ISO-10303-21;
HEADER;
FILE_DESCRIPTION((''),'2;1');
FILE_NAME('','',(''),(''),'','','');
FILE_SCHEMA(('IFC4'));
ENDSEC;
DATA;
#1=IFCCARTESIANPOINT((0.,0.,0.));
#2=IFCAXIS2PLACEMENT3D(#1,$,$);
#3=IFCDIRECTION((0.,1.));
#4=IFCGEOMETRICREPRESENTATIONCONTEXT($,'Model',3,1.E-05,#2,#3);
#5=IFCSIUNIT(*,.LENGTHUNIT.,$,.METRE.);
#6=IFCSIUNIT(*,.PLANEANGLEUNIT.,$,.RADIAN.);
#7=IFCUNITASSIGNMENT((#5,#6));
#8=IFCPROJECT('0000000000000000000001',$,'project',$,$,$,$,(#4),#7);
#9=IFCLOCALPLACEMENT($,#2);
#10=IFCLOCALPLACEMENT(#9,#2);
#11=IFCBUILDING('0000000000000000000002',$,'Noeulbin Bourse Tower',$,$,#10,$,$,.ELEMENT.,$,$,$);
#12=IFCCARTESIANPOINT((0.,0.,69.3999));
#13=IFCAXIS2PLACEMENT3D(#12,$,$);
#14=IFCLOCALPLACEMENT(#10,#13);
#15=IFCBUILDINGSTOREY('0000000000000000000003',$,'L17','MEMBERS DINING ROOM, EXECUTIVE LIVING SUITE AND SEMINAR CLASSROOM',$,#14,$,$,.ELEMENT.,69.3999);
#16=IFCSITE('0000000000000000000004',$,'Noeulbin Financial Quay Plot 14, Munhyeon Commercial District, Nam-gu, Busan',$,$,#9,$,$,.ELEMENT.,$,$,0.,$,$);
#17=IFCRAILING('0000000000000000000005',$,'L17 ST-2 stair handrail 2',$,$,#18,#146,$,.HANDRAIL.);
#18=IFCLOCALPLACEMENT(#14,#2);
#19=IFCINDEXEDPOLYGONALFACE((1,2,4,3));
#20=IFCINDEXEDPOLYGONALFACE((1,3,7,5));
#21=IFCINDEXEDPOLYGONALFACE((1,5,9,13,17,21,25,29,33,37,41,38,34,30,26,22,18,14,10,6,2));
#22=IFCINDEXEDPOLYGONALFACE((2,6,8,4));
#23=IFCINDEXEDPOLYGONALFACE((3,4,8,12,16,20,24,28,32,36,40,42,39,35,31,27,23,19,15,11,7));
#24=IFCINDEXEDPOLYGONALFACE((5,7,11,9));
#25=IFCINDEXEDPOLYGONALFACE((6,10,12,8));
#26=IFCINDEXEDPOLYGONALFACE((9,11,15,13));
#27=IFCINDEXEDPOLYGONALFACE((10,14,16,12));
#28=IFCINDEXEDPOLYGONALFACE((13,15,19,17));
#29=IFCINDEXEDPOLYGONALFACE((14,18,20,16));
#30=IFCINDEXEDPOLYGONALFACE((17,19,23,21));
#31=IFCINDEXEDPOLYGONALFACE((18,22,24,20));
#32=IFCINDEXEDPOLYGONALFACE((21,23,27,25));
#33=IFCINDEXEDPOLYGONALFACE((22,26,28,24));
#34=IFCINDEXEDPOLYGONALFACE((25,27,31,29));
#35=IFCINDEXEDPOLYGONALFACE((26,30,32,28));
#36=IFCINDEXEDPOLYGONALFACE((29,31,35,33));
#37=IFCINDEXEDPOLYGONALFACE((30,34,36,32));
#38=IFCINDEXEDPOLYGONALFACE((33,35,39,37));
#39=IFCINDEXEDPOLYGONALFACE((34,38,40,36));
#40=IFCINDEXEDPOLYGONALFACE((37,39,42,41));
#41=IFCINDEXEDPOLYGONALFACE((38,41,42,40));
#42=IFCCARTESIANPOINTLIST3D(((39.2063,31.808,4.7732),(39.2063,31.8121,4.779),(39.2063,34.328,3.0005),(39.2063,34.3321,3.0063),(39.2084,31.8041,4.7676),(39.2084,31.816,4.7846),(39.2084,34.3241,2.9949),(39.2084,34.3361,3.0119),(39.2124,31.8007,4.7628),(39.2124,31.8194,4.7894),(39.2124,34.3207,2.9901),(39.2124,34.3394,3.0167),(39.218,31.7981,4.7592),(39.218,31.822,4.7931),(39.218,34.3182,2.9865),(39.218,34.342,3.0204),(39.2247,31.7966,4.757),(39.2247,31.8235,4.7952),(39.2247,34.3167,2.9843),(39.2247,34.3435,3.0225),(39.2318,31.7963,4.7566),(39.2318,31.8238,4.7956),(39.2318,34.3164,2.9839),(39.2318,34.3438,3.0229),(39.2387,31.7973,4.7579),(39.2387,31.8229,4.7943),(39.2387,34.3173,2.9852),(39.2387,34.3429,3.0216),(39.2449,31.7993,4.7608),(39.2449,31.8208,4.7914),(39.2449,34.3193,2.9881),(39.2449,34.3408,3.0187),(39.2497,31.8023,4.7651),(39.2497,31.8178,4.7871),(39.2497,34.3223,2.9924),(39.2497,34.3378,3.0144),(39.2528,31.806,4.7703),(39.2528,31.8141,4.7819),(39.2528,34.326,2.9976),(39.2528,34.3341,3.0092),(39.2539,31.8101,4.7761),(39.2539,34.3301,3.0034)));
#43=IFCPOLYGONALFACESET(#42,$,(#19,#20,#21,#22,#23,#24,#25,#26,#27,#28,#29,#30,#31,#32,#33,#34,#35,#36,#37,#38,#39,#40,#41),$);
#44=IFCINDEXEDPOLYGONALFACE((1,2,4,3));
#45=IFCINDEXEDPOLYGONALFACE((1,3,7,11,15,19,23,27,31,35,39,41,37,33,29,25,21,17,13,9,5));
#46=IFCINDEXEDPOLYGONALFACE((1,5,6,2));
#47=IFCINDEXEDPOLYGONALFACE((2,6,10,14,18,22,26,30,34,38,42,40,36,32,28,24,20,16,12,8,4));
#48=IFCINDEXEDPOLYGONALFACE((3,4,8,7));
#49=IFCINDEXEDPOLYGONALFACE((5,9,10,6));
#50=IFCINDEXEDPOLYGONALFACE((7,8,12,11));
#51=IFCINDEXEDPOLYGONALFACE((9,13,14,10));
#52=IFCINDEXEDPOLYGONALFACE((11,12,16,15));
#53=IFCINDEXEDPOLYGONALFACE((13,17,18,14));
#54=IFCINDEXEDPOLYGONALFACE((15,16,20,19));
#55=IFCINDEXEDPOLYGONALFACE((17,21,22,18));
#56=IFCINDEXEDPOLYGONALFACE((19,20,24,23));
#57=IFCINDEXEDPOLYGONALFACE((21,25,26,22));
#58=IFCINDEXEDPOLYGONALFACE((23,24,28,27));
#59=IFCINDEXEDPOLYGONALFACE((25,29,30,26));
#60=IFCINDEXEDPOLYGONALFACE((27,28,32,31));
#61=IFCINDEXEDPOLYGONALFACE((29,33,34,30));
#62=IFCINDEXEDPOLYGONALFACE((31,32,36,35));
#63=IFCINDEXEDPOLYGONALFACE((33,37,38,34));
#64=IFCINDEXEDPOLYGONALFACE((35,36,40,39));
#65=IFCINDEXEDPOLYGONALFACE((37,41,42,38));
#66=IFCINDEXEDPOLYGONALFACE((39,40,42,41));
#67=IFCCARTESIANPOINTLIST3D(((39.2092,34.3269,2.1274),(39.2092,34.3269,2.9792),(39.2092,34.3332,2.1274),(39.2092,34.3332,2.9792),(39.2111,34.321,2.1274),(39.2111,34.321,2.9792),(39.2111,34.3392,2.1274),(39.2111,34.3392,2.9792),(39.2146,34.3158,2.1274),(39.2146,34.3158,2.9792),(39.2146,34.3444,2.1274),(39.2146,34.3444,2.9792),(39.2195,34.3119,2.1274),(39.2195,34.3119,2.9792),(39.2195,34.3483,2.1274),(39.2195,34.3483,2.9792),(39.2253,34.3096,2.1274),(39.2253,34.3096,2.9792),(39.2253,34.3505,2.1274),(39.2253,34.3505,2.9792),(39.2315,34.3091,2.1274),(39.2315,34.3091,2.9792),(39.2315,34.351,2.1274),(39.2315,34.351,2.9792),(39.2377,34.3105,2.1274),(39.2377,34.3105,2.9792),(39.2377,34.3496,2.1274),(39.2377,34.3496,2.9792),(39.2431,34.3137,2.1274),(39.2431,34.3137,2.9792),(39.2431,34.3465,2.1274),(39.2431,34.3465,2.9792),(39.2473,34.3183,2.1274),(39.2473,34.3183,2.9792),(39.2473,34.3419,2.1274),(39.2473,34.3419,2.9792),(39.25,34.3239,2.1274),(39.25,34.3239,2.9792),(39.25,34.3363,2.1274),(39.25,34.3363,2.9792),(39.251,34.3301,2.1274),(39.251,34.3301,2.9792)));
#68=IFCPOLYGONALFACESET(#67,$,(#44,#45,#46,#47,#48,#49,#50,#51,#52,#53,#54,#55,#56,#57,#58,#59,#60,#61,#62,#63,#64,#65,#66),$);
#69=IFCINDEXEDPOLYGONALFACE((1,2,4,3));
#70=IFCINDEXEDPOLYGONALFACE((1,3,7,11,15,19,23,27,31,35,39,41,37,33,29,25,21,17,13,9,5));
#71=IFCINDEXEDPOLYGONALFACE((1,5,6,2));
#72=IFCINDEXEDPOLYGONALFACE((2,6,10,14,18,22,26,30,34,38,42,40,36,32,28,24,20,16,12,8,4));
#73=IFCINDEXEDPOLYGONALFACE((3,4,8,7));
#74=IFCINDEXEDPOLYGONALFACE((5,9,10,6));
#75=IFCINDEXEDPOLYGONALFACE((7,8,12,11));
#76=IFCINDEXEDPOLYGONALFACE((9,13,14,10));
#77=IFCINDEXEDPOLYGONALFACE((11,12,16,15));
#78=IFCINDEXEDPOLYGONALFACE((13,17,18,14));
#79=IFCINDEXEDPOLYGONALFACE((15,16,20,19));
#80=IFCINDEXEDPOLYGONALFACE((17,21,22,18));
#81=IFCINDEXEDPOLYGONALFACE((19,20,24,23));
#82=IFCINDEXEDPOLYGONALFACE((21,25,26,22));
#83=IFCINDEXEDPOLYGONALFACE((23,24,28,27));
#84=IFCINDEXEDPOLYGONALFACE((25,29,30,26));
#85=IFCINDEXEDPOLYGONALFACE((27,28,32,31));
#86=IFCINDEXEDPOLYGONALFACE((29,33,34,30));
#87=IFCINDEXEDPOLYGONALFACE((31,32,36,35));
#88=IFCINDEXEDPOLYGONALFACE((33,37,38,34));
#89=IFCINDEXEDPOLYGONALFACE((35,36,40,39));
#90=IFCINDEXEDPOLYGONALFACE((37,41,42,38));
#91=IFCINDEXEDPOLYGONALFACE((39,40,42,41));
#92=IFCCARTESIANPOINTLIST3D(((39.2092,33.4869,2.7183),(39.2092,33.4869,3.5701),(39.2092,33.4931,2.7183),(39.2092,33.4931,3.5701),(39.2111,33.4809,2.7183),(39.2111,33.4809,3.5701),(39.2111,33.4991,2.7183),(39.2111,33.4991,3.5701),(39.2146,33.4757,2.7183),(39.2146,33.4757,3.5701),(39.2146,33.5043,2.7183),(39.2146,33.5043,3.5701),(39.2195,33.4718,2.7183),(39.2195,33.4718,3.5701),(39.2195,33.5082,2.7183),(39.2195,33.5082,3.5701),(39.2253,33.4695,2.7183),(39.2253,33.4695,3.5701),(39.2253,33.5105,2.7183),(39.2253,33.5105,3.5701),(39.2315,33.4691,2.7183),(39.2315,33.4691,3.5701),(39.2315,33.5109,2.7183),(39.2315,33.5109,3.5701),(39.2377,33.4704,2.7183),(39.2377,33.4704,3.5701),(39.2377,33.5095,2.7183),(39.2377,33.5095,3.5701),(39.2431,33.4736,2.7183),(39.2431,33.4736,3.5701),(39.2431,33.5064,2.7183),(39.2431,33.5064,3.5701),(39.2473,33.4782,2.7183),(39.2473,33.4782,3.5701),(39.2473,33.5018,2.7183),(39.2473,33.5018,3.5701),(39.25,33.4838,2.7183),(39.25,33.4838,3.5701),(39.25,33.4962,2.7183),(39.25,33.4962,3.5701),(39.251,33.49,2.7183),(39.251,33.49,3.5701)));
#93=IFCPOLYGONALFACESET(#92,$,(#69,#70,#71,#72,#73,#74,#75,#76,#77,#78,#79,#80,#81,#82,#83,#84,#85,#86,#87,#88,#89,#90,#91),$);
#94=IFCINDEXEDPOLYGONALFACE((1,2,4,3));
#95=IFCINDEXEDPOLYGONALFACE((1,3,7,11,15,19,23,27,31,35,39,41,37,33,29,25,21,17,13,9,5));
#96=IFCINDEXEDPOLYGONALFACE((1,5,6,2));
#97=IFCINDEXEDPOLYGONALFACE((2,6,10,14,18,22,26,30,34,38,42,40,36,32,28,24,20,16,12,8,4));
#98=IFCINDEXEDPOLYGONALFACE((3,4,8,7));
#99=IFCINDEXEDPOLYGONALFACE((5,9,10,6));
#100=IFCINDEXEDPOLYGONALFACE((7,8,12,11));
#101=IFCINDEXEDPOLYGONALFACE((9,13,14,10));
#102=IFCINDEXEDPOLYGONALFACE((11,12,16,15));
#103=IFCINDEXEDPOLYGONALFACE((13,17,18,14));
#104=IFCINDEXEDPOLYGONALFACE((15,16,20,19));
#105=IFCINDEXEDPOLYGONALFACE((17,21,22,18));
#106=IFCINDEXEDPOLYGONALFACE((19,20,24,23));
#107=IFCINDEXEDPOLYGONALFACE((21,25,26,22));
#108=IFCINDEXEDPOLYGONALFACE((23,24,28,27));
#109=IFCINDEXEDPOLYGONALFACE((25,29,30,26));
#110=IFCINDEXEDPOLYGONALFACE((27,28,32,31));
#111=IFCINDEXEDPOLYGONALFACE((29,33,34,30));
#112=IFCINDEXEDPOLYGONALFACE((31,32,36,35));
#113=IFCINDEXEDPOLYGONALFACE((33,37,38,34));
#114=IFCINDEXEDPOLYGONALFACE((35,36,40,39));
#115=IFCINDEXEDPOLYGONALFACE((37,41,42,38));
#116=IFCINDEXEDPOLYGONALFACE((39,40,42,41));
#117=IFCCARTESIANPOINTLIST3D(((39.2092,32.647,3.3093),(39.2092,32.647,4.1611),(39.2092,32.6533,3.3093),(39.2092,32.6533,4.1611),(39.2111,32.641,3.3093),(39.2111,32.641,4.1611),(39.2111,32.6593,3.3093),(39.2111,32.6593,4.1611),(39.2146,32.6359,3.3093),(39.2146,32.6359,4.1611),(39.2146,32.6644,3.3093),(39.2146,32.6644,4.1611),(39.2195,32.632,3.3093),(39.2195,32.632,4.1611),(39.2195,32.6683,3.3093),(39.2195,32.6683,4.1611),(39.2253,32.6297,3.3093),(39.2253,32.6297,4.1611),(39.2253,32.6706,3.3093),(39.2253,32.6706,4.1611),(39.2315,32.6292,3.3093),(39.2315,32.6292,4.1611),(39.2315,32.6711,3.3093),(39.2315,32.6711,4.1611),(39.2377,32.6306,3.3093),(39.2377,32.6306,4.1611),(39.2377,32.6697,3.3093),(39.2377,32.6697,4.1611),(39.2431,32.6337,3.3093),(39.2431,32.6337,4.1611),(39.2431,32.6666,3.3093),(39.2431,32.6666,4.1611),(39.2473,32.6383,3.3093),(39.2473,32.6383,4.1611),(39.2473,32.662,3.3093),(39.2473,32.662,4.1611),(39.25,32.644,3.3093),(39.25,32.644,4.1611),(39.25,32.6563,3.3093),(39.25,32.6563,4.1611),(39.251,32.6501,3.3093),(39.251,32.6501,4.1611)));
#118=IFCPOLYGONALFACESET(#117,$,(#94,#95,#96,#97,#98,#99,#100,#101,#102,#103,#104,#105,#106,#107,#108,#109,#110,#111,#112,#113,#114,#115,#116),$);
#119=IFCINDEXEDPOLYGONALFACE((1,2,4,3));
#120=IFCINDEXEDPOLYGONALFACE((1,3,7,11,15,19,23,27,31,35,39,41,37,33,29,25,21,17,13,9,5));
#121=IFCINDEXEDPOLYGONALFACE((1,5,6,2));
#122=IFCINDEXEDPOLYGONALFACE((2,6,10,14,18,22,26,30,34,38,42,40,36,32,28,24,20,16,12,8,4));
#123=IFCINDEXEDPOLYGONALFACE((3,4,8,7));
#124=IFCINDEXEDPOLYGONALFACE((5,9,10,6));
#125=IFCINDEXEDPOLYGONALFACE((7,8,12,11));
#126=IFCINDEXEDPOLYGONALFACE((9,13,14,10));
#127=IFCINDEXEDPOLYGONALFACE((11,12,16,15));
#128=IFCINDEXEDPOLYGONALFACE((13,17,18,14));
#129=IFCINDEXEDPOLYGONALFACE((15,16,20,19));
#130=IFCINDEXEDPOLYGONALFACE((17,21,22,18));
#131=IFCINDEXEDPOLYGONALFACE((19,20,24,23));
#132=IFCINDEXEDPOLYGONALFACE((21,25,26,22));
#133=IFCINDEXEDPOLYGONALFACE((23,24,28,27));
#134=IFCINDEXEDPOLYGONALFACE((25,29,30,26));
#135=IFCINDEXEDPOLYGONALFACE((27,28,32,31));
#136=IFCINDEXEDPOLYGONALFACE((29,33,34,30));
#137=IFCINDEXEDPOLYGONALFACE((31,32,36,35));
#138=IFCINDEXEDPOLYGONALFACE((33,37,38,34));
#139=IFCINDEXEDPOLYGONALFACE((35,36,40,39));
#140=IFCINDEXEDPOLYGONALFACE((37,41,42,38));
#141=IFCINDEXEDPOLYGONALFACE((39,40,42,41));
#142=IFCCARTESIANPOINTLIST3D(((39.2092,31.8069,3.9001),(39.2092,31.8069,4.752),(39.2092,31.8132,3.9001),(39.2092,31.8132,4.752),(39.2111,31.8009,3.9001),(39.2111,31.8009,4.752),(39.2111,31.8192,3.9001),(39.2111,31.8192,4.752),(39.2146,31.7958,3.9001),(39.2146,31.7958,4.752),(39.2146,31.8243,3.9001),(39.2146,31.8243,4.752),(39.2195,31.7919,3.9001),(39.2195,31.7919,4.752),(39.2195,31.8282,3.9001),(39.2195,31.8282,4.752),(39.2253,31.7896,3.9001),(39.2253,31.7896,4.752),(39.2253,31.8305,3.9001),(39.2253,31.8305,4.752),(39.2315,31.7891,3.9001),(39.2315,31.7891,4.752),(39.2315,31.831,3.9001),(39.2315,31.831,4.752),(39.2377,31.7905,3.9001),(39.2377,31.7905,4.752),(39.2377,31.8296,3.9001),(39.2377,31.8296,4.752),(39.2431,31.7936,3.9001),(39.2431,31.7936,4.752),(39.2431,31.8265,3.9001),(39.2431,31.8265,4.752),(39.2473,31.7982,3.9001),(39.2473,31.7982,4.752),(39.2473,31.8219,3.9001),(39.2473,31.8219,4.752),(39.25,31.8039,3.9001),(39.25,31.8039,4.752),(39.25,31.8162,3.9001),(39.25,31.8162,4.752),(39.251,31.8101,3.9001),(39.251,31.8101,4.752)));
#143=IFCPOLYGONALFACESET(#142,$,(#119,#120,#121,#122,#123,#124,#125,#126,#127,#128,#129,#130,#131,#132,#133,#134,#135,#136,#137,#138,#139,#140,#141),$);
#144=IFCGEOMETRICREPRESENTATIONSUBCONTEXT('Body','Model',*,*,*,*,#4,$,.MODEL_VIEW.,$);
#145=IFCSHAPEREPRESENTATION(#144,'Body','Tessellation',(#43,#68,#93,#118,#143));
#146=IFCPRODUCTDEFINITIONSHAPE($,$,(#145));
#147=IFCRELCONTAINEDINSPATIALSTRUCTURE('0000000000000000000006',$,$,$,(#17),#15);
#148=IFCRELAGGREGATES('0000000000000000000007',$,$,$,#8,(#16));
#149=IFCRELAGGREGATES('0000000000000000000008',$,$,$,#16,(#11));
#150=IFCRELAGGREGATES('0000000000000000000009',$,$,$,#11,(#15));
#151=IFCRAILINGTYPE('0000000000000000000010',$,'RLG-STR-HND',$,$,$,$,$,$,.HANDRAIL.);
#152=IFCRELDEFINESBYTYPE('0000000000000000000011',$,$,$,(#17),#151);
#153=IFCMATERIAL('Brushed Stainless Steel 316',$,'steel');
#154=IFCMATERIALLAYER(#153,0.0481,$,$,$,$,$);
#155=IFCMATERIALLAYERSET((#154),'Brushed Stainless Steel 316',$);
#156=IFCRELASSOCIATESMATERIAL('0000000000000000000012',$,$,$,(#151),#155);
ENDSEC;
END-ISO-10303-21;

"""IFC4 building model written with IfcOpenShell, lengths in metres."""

from ifc_helpers import new_model, si_unit, direction, frame, origin, origin_2d, place, context, subcontext, project, spatial, circle, extrude, material, layer, layer_set, type_object, element, save


model = new_model("IFC4")

# Units and contexts
model_context = context("Model", 3, precision=1e-05, world=origin(), true_north=direction((0.0, 1.0)))
body_context = subcontext(model_context, "Body", "Model", "MODEL_VIEW")
ifc_project = project(units=[si_unit("LENGTHUNIT", "METRE"), si_unit("PLANEANGLEUNIT", "RADIAN")], contexts=[model_context])

# Site, building, storey
site_placement = place(None, origin())
site = spatial("IfcSite", under=ifc_project, at=site_placement, Name="Noeulbin Financial Quay Plot 14, Munhyeon Commercial District, Nam-gu, Busan", CompositionType="ELEMENT", RefElevation=0.0)
building_placement = place(site_placement, origin())
building = spatial("IfcBuilding", under=site, at=building_placement, Name="Noeulbin Bourse Tower", CompositionType="ELEMENT")
storey_placement = place(building_placement, frame((0.0, 0.0, 69.3999)))
storey = spatial("IfcBuildingStorey", under=building, at=storey_placement, Name="L17", Description="MEMBERS DINING ROOM, EXECUTIVE LIVING SUITE AND SEMINAR CLASSROOM", CompositionType="ELEMENT", Elevation=69.3999)

# Shared definitions
ifc_material_1 = material(Name="Brushed Stainless Steel 316", Category="steel")

# Railing
ifc_layer_1 = layer(ifc_material_1, 0.0481)
ifc_layer_set_1 = layer_set([ifc_layer_1], Name="Brushed Stainless Steel 316")
railing_type_1 = type_object("IfcRailingType", Name="RLG-STR-HND", PredefinedType="HANDRAIL", material=ifc_layer_set_1)
railing_1_placement = place(storey_placement, frame((39.23, 34.3301, 2.1274)))
element("IfcRailing", 1, at=railing_1_placement, inside=storey, type_object=railing_type_1, Name="L17 ST-2 stair handrail 2", PredefinedType="HANDRAIL", context=body_context, shape_type="SweptSolid", body=[
    extrude(circle(Radius=0.0239, at=origin_2d()), frame((0.0, 0.0, 0.876), z_axis=(0.0, -0.817904, 0.575354), x_axis=(1.0, 0.0, 0.0)), (0.0, 0.0, 1.0), 3.0811),
    extrude(circle(Radius=0.021, at=origin_2d()), origin(), (0.0, 0.0, 1.0), 0.8518),
    extrude(circle(Radius=0.021, at=origin_2d()), frame((0.0, -0.8401, 0.5908)), (0.0, 0.0, 1.0), 0.8518),
    extrude(circle(Radius=0.021, at=origin_2d()), frame((0.0, -1.6799, 1.1819)), (0.0, 0.0, 1.0), 0.8518),
    extrude(circle(Radius=0.021, at=origin_2d()), frame((0.0, -2.52, 1.7727)), (0.0, 0.0, 1.0), 0.8518),
])

save(model, "model.ifc")
